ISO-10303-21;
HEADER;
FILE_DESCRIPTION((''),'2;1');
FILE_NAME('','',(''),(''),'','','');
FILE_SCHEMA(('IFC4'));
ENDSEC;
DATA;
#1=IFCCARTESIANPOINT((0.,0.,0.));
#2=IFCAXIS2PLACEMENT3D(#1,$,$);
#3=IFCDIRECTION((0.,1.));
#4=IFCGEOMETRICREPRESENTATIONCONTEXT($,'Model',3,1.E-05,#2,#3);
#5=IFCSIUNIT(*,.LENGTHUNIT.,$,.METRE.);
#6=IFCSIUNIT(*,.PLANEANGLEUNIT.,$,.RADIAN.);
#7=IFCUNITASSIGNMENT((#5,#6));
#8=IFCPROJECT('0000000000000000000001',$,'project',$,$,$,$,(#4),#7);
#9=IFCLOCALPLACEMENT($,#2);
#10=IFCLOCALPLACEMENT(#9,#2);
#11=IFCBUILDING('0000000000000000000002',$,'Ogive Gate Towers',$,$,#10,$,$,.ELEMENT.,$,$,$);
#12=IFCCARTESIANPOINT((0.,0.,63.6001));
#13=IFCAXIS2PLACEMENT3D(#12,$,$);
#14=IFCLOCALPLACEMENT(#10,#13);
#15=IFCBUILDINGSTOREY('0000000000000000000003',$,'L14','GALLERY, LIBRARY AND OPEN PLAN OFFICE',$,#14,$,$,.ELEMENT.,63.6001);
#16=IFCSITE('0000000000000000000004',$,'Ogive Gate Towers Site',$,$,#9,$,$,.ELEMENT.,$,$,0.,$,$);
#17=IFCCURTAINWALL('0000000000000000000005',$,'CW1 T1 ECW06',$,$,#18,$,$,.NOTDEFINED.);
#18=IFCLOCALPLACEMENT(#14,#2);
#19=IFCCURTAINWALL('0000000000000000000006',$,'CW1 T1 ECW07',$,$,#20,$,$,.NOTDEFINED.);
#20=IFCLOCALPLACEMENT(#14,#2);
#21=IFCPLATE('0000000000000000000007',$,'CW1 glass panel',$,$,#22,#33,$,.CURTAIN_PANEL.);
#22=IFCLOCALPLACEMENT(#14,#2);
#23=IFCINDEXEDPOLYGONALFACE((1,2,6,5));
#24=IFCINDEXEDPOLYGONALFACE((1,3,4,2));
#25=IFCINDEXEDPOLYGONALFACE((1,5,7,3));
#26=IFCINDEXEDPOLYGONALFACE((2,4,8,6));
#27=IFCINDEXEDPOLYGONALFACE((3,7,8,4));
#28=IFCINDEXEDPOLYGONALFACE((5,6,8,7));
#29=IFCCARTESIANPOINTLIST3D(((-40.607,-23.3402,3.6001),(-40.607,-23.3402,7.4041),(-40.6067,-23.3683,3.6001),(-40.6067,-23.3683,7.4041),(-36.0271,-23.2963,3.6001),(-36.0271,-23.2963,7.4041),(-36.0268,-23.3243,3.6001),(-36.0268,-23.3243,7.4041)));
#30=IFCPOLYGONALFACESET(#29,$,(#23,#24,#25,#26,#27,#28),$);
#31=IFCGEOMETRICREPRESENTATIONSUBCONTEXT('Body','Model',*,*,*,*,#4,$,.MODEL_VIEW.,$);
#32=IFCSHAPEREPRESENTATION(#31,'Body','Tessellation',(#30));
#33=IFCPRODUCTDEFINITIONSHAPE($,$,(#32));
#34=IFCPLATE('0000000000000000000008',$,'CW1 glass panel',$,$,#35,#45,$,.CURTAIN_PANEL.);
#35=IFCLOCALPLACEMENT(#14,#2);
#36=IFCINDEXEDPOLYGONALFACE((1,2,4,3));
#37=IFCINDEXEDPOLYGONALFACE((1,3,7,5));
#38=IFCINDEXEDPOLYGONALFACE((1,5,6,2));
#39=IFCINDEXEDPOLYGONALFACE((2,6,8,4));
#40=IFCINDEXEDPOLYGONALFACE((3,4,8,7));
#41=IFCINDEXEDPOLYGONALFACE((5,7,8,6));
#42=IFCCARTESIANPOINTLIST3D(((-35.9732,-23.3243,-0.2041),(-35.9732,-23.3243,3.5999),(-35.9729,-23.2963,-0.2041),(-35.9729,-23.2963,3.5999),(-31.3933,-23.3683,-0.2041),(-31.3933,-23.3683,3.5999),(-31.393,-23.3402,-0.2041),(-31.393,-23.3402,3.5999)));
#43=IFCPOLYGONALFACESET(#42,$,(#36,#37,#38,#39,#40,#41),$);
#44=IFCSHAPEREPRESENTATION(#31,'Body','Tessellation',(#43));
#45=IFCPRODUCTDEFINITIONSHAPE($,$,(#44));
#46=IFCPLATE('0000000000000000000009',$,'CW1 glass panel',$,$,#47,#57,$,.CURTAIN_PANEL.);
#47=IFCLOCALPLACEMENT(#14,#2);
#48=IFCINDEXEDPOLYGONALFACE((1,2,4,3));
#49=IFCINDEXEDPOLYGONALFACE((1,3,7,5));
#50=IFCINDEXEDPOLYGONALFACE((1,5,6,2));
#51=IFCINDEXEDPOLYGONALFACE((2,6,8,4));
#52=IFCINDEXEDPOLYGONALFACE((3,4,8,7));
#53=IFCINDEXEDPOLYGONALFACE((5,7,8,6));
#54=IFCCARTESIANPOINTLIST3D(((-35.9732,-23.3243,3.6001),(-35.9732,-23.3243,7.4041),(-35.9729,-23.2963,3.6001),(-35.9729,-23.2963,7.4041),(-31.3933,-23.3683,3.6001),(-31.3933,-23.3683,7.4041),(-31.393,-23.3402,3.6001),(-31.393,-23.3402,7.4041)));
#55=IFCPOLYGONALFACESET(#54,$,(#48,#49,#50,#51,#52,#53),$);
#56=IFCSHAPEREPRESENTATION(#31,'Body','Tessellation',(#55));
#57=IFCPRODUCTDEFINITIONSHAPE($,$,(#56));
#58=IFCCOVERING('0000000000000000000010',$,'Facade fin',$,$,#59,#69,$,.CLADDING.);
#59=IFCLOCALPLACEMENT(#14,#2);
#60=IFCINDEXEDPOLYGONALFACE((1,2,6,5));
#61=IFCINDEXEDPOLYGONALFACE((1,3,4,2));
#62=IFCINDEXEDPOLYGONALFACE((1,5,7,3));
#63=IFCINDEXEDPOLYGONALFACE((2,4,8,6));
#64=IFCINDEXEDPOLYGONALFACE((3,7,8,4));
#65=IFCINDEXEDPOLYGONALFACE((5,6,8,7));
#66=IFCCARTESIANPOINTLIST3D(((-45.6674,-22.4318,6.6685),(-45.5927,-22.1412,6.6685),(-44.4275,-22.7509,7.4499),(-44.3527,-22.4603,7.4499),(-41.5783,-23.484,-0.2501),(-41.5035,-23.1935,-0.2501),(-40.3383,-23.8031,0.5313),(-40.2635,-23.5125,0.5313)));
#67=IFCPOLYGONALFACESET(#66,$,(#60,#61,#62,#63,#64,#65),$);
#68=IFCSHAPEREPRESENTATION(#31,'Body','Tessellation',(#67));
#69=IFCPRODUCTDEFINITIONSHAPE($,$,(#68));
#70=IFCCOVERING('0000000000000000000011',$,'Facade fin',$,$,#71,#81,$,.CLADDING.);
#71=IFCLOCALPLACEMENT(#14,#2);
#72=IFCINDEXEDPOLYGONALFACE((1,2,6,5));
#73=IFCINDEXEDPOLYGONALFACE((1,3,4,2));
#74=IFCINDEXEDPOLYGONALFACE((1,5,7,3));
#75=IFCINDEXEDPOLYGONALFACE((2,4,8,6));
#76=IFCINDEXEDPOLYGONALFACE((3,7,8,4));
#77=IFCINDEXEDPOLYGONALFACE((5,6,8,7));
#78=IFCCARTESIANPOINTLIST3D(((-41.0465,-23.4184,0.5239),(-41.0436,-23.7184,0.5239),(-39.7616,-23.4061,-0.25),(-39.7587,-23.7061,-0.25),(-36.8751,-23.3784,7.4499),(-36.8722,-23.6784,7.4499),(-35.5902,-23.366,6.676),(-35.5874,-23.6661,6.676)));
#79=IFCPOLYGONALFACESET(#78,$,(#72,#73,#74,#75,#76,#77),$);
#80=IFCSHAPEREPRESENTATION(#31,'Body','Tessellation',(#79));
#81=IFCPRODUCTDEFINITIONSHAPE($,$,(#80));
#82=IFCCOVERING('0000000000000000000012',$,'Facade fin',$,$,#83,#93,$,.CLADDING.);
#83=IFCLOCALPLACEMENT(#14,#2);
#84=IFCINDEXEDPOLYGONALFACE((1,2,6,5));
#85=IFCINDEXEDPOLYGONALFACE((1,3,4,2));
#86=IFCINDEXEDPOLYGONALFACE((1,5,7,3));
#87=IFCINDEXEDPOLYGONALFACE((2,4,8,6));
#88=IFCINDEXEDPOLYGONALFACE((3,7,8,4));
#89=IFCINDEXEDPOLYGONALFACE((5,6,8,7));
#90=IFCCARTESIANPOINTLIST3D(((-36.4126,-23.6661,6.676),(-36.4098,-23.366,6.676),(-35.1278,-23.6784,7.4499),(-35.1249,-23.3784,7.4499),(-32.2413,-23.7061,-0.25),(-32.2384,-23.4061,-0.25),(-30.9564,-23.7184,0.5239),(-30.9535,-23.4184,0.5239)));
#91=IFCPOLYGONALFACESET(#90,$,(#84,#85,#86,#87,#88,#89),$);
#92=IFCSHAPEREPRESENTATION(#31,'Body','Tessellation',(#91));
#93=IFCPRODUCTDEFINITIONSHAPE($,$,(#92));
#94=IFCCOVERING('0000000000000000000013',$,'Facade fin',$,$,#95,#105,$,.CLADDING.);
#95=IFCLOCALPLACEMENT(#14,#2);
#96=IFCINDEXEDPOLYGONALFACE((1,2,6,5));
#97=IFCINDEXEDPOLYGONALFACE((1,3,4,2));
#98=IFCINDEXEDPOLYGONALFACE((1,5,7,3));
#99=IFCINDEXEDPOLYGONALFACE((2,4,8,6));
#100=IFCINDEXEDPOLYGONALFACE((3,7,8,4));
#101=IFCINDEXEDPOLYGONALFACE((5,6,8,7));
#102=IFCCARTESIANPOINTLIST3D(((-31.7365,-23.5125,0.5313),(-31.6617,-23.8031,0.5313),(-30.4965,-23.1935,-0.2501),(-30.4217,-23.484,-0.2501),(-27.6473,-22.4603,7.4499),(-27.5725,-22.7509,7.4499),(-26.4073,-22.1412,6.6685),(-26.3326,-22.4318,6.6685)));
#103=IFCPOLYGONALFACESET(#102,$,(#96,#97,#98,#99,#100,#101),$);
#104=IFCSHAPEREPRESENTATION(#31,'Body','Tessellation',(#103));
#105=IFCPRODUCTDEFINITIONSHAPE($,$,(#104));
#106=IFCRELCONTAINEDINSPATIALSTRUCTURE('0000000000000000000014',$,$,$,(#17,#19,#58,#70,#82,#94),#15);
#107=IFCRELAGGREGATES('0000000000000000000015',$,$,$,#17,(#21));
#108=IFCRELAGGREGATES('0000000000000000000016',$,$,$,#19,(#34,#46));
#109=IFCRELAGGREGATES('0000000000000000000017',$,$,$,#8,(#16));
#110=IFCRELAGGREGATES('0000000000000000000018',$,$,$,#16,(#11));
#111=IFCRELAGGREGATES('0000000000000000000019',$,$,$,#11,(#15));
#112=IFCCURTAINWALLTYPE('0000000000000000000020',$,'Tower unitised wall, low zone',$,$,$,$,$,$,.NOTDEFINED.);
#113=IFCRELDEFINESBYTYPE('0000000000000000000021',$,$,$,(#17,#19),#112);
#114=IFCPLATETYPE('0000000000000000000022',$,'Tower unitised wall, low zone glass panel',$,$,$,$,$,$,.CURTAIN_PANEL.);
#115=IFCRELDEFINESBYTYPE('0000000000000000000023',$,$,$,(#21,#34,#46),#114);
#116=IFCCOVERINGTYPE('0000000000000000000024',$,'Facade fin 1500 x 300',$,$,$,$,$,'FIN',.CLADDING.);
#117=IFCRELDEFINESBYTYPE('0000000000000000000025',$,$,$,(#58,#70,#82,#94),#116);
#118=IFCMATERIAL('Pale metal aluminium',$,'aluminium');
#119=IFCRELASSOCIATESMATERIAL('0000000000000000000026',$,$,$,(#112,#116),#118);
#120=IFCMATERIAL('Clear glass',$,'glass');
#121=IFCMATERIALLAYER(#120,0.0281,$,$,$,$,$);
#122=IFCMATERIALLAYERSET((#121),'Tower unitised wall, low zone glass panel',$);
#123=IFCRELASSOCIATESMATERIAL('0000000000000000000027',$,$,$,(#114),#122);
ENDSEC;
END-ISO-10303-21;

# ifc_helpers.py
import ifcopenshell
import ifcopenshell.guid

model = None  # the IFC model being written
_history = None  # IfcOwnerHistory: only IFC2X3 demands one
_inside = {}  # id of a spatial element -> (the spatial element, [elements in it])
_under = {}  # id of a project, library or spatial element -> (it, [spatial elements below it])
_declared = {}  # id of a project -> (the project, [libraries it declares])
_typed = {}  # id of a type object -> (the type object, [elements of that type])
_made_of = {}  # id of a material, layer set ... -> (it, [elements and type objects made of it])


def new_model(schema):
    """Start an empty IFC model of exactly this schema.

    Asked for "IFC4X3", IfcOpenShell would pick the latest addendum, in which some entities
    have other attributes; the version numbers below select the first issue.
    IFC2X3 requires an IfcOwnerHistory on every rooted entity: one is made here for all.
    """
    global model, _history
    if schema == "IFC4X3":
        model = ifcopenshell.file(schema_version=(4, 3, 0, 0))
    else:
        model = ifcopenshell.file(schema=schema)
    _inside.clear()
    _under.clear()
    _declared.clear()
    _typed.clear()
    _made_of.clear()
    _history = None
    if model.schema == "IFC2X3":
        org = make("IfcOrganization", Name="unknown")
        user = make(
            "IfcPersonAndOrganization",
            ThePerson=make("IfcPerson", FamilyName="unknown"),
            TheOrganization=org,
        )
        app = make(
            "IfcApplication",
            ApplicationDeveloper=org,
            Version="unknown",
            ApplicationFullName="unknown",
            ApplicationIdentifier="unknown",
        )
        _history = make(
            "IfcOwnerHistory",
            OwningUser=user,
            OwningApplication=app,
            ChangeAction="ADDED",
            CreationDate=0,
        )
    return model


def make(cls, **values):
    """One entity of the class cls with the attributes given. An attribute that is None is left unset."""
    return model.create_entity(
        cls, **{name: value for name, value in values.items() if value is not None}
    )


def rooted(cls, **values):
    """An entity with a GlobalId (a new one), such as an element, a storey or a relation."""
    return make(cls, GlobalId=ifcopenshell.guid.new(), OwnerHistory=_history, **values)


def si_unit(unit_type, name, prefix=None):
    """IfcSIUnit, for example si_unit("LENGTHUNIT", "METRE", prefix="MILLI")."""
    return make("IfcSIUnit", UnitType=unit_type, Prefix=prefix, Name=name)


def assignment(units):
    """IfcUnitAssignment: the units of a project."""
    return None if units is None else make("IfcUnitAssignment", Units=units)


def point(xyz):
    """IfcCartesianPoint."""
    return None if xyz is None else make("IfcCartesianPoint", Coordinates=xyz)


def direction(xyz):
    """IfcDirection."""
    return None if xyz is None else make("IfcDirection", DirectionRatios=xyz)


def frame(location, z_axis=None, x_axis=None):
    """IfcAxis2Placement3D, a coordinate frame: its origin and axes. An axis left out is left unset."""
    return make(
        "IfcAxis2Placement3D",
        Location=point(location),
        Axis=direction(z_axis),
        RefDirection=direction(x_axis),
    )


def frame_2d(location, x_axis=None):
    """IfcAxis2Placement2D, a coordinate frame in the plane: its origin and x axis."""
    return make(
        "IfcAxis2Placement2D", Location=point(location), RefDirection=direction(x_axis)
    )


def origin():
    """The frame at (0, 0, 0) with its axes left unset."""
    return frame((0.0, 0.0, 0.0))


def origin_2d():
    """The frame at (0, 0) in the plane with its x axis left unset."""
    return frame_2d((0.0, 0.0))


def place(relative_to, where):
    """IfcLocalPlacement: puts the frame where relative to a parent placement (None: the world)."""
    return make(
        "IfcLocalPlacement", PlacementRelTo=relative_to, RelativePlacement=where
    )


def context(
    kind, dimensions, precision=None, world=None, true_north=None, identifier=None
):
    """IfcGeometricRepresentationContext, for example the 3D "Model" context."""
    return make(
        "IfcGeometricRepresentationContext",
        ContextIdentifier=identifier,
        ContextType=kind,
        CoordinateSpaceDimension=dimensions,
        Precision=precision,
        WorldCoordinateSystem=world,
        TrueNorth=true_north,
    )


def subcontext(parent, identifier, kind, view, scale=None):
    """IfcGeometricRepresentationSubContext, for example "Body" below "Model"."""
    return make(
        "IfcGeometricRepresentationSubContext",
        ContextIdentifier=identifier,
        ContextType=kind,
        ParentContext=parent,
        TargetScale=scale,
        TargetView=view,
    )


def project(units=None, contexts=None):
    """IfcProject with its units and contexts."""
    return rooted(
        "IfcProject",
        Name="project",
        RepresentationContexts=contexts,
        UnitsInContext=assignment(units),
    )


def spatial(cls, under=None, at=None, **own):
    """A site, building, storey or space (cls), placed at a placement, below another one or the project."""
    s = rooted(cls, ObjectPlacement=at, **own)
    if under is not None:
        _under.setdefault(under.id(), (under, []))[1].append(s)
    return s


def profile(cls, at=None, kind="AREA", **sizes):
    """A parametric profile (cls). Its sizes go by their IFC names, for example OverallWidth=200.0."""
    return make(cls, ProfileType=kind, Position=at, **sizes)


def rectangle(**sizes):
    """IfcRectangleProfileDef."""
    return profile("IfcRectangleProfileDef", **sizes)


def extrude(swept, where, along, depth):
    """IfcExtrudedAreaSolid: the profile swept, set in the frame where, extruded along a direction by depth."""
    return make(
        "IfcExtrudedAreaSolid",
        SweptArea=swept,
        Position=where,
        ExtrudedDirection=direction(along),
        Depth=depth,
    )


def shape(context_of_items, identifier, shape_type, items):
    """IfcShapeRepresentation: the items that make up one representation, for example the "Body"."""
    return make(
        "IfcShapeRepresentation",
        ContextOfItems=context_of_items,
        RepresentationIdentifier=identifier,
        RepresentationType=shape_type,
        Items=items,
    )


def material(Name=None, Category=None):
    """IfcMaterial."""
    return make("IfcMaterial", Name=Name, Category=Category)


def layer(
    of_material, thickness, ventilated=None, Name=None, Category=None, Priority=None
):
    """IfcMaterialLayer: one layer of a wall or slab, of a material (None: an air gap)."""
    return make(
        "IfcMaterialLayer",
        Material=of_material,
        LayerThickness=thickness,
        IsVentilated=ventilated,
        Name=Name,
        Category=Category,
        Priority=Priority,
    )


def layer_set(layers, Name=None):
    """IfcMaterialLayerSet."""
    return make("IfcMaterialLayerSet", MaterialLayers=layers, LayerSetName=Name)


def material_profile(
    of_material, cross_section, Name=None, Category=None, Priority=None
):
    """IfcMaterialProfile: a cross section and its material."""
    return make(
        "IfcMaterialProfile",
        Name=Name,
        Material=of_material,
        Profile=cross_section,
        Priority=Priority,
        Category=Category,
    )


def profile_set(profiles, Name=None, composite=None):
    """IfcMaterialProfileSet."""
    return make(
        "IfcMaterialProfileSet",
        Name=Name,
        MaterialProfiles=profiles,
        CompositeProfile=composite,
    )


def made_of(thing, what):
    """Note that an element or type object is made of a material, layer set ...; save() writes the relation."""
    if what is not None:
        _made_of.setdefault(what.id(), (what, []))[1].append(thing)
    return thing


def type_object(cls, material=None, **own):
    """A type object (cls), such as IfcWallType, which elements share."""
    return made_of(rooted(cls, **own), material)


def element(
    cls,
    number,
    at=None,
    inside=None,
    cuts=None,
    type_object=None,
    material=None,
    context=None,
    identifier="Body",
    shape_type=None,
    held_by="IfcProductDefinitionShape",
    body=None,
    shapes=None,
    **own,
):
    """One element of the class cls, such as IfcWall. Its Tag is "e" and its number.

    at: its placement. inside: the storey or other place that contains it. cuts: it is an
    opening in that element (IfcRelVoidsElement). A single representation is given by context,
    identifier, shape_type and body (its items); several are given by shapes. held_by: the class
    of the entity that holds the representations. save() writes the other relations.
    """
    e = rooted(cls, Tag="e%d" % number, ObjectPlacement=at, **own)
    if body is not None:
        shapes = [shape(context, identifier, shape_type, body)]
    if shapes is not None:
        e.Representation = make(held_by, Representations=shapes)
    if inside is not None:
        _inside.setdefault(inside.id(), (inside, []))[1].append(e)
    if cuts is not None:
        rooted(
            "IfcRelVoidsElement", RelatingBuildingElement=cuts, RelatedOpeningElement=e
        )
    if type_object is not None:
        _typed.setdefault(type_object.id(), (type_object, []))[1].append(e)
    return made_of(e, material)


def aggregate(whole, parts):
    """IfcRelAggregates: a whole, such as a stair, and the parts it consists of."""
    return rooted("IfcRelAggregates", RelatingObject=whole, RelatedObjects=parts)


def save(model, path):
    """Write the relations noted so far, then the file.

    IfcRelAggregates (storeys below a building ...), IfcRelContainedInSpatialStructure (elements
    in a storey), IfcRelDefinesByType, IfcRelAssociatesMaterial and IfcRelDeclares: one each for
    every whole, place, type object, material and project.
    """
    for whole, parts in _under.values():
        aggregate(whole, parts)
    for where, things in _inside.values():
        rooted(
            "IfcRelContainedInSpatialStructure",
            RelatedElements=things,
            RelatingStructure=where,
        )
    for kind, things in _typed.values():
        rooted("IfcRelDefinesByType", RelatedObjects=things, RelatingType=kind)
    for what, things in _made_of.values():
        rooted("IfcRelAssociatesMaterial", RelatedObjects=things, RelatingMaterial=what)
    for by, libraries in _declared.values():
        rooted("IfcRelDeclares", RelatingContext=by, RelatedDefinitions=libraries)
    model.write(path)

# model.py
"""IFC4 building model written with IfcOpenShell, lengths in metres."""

from ifc_helpers import new_model, si_unit, direction, frame, origin, origin_2d, place, context, subcontext, project, spatial, rectangle, extrude, material, layer, layer_set, material_profile, profile_set, type_object, element, aggregate, save


model = new_model("IFC4")

# Units and contexts
model_context = context("Model", 3, precision=1e-05, world=origin(), true_north=direction((0.0, 1.0)))
body_context = subcontext(model_context, "Body", "Model", "MODEL_VIEW")
ifc_project = project(units=[si_unit("LENGTHUNIT", "METRE"), si_unit("PLANEANGLEUNIT", "RADIAN")], contexts=[model_context])

# Site, building, storey
site_placement = place(None, origin())
site = spatial("IfcSite", under=ifc_project, at=site_placement, Name="Ogive Gate Towers Site", CompositionType="ELEMENT", RefElevation=0.0)
building_placement = place(site_placement, origin())
building = spatial("IfcBuilding", under=site, at=building_placement, Name="Ogive Gate Towers", CompositionType="ELEMENT")
storey_placement = place(building_placement, frame((0.0, 0.0, 63.6001)))
storey = spatial("IfcBuildingStorey", under=building, at=storey_placement, Name="L14", Description="GALLERY, LIBRARY AND OPEN PLAN OFFICE", CompositionType="ELEMENT", Elevation=63.6001)

# Curtain wall
ifc_material_1 = material(Name="Pale metal aluminium", Category="aluminium")
curtain_wall_type = type_object("IfcCurtainWallType", Name="Tower unitised wall, low zone", PredefinedType="NOTDEFINED", material=ifc_material_1)
curtain_wall_1_placement = place(storey_placement, origin())
curtain_wall_1 = element("IfcCurtainWall", 1, at=curtain_wall_1_placement, inside=storey, type_object=curtain_wall_type, Name="CW1 T1 ECW06", PredefinedType="NOTDEFINED")

# Curtain wall
curtain_wall_2_placement = place(storey_placement, origin())
curtain_wall_2 = element("IfcCurtainWall", 2, at=curtain_wall_2_placement, inside=storey, type_object=curtain_wall_type, Name="CW1 T1 ECW07", PredefinedType="NOTDEFINED")

# Plates
ifc_material_2 = material(Name="Clear glass", Category="glass")
ifc_layer = layer(ifc_material_2, 0.0281)
ifc_layer_set = layer_set([ifc_layer], Name="Tower unitised wall, low zone glass panel")
plate_type = type_object("IfcPlateType", Name="Tower unitised wall, low zone glass panel", PredefinedType="CURTAIN_PANEL", material=ifc_layer_set)
plate_1_placement = place(storey_placement, frame((-38.3169, -23.3323, 3.6001), z_axis=(0.0, 0.0, 1.0), x_axis=(0.999954, 0.009599, 0.0)))
plate_1 = element("IfcPlate", 3, at=plate_1_placement, type_object=plate_type, Name="CW1 glass panel", PredefinedType="CURTAIN_PANEL", context=body_context, shape_type="SweptSolid", body=[
    extrude(rectangle(XDim=4.5801, YDim=0.0281, at=origin_2d()), origin(), (0.0, 0.0, 1.0), 3.804),
])
aggregate(curtain_wall_1, [plate_1])
plate_2_placement = place(storey_placement, frame((-33.6831, -23.3323, -0.2041), z_axis=(0.0, 0.0, 1.0), x_axis=(0.999954, -0.009599, 0.0)))
plate_2 = element("IfcPlate", 4, at=plate_2_placement, type_object=plate_type, Name="CW1 glass panel", PredefinedType="CURTAIN_PANEL", context=body_context, shape_type="SweptSolid", body=[
    extrude(rectangle(XDim=4.5801, YDim=0.0281, at=origin_2d()), origin(), (0.0, 0.0, 1.0), 3.804),
])
plate_3_placement = place(storey_placement, frame((-33.6831, -23.3323, 3.6001), z_axis=(0.0, 0.0, 1.0), x_axis=(0.999954, -0.009599, 0.0)))
plate_3 = element("IfcPlate", 5, at=plate_3_placement, type_object=plate_type, Name="CW1 glass panel", PredefinedType="CURTAIN_PANEL", context=body_context, shape_type="SweptSolid", body=[
    extrude(rectangle(XDim=4.5801, YDim=0.0281, at=origin_2d()), origin(), (0.0, 0.0, 1.0), 3.804),
])
aggregate(curtain_wall_2, [plate_2, plate_3])

# Coverings
ifc_material_profile_1 = material_profile(ifc_material_1, rectangle(XDim=0.3, YDim=1.5, at=origin_2d()), Name="1500 x 300 pale metal aluminium")
ifc_profile_set_1 = profile_set([ifc_material_profile_1], Name="Pale metal aluminium")
covering_type = type_object("IfcCoveringType", Name="Facade fin 1500 x 300", ElementType="FIN", PredefinedType="CLADDING", material=ifc_profile_set_1)
covering_1_placement = place(storey_placement, frame((-40.9209, -23.4983, 0.1406), z_axis=(-0.504509, 0.129825, 0.85359), x_axis=(-0.24921, -0.968449, 0.0)))
element("IfcCovering", 6, at=covering_1_placement, inside=storey, type_object=covering_type, Name="Facade fin", PredefinedType="CLADDING", context=body_context, shape_type="SweptSolid", body=[
    extrude(rectangle(XDim=0.3, YDim=1.5, at=origin_2d()), origin(), (0.0, 0.0, 1.0), 8.1052),
])
for number, where, z_axis, x_axis, name in (
    (7, (-40.4026, -23.5623, 0.137), (0.515923, 0.004952, 0.856621), (-0.009598, 0.999954, 0.0), "Facade fin"),
    (8, (-31.5974, -23.5623, 0.137), (-0.515923, 0.004952, 0.856621), (-0.009598, -0.999954, 0.0), "Facade fin"),
):
    element("IfcCovering", number, at=place(storey_placement, frame(where, z_axis=z_axis, x_axis=x_axis)), inside=storey, type_object=covering_type, Name=name, PredefinedType="CLADDING", context=body_context, shape_type="SweptSolid", body=[
        extrude(rectangle(XDim=0.3, YDim=1.5, at=origin_2d()), origin(), (0.0, 0.0, 1.0), 8.0852),
    ])
covering_2_placement = place(storey_placement, frame((-31.0791, -23.4983, 0.1406), z_axis=(0.504509, 0.129825, 0.85359), x_axis=(-0.24921, 0.968449, 0.0)))
element("IfcCovering", 9, at=covering_2_placement, inside=storey, type_object=covering_type, Name="Facade fin", PredefinedType="CLADDING", context=body_context, shape_type="SweptSolid", body=[
    extrude(rectangle(XDim=0.3, YDim=1.5, at=origin_2d()), origin(), (0.0, 0.0, 1.0), 8.1052),
])

save(model, "model.ifc")
